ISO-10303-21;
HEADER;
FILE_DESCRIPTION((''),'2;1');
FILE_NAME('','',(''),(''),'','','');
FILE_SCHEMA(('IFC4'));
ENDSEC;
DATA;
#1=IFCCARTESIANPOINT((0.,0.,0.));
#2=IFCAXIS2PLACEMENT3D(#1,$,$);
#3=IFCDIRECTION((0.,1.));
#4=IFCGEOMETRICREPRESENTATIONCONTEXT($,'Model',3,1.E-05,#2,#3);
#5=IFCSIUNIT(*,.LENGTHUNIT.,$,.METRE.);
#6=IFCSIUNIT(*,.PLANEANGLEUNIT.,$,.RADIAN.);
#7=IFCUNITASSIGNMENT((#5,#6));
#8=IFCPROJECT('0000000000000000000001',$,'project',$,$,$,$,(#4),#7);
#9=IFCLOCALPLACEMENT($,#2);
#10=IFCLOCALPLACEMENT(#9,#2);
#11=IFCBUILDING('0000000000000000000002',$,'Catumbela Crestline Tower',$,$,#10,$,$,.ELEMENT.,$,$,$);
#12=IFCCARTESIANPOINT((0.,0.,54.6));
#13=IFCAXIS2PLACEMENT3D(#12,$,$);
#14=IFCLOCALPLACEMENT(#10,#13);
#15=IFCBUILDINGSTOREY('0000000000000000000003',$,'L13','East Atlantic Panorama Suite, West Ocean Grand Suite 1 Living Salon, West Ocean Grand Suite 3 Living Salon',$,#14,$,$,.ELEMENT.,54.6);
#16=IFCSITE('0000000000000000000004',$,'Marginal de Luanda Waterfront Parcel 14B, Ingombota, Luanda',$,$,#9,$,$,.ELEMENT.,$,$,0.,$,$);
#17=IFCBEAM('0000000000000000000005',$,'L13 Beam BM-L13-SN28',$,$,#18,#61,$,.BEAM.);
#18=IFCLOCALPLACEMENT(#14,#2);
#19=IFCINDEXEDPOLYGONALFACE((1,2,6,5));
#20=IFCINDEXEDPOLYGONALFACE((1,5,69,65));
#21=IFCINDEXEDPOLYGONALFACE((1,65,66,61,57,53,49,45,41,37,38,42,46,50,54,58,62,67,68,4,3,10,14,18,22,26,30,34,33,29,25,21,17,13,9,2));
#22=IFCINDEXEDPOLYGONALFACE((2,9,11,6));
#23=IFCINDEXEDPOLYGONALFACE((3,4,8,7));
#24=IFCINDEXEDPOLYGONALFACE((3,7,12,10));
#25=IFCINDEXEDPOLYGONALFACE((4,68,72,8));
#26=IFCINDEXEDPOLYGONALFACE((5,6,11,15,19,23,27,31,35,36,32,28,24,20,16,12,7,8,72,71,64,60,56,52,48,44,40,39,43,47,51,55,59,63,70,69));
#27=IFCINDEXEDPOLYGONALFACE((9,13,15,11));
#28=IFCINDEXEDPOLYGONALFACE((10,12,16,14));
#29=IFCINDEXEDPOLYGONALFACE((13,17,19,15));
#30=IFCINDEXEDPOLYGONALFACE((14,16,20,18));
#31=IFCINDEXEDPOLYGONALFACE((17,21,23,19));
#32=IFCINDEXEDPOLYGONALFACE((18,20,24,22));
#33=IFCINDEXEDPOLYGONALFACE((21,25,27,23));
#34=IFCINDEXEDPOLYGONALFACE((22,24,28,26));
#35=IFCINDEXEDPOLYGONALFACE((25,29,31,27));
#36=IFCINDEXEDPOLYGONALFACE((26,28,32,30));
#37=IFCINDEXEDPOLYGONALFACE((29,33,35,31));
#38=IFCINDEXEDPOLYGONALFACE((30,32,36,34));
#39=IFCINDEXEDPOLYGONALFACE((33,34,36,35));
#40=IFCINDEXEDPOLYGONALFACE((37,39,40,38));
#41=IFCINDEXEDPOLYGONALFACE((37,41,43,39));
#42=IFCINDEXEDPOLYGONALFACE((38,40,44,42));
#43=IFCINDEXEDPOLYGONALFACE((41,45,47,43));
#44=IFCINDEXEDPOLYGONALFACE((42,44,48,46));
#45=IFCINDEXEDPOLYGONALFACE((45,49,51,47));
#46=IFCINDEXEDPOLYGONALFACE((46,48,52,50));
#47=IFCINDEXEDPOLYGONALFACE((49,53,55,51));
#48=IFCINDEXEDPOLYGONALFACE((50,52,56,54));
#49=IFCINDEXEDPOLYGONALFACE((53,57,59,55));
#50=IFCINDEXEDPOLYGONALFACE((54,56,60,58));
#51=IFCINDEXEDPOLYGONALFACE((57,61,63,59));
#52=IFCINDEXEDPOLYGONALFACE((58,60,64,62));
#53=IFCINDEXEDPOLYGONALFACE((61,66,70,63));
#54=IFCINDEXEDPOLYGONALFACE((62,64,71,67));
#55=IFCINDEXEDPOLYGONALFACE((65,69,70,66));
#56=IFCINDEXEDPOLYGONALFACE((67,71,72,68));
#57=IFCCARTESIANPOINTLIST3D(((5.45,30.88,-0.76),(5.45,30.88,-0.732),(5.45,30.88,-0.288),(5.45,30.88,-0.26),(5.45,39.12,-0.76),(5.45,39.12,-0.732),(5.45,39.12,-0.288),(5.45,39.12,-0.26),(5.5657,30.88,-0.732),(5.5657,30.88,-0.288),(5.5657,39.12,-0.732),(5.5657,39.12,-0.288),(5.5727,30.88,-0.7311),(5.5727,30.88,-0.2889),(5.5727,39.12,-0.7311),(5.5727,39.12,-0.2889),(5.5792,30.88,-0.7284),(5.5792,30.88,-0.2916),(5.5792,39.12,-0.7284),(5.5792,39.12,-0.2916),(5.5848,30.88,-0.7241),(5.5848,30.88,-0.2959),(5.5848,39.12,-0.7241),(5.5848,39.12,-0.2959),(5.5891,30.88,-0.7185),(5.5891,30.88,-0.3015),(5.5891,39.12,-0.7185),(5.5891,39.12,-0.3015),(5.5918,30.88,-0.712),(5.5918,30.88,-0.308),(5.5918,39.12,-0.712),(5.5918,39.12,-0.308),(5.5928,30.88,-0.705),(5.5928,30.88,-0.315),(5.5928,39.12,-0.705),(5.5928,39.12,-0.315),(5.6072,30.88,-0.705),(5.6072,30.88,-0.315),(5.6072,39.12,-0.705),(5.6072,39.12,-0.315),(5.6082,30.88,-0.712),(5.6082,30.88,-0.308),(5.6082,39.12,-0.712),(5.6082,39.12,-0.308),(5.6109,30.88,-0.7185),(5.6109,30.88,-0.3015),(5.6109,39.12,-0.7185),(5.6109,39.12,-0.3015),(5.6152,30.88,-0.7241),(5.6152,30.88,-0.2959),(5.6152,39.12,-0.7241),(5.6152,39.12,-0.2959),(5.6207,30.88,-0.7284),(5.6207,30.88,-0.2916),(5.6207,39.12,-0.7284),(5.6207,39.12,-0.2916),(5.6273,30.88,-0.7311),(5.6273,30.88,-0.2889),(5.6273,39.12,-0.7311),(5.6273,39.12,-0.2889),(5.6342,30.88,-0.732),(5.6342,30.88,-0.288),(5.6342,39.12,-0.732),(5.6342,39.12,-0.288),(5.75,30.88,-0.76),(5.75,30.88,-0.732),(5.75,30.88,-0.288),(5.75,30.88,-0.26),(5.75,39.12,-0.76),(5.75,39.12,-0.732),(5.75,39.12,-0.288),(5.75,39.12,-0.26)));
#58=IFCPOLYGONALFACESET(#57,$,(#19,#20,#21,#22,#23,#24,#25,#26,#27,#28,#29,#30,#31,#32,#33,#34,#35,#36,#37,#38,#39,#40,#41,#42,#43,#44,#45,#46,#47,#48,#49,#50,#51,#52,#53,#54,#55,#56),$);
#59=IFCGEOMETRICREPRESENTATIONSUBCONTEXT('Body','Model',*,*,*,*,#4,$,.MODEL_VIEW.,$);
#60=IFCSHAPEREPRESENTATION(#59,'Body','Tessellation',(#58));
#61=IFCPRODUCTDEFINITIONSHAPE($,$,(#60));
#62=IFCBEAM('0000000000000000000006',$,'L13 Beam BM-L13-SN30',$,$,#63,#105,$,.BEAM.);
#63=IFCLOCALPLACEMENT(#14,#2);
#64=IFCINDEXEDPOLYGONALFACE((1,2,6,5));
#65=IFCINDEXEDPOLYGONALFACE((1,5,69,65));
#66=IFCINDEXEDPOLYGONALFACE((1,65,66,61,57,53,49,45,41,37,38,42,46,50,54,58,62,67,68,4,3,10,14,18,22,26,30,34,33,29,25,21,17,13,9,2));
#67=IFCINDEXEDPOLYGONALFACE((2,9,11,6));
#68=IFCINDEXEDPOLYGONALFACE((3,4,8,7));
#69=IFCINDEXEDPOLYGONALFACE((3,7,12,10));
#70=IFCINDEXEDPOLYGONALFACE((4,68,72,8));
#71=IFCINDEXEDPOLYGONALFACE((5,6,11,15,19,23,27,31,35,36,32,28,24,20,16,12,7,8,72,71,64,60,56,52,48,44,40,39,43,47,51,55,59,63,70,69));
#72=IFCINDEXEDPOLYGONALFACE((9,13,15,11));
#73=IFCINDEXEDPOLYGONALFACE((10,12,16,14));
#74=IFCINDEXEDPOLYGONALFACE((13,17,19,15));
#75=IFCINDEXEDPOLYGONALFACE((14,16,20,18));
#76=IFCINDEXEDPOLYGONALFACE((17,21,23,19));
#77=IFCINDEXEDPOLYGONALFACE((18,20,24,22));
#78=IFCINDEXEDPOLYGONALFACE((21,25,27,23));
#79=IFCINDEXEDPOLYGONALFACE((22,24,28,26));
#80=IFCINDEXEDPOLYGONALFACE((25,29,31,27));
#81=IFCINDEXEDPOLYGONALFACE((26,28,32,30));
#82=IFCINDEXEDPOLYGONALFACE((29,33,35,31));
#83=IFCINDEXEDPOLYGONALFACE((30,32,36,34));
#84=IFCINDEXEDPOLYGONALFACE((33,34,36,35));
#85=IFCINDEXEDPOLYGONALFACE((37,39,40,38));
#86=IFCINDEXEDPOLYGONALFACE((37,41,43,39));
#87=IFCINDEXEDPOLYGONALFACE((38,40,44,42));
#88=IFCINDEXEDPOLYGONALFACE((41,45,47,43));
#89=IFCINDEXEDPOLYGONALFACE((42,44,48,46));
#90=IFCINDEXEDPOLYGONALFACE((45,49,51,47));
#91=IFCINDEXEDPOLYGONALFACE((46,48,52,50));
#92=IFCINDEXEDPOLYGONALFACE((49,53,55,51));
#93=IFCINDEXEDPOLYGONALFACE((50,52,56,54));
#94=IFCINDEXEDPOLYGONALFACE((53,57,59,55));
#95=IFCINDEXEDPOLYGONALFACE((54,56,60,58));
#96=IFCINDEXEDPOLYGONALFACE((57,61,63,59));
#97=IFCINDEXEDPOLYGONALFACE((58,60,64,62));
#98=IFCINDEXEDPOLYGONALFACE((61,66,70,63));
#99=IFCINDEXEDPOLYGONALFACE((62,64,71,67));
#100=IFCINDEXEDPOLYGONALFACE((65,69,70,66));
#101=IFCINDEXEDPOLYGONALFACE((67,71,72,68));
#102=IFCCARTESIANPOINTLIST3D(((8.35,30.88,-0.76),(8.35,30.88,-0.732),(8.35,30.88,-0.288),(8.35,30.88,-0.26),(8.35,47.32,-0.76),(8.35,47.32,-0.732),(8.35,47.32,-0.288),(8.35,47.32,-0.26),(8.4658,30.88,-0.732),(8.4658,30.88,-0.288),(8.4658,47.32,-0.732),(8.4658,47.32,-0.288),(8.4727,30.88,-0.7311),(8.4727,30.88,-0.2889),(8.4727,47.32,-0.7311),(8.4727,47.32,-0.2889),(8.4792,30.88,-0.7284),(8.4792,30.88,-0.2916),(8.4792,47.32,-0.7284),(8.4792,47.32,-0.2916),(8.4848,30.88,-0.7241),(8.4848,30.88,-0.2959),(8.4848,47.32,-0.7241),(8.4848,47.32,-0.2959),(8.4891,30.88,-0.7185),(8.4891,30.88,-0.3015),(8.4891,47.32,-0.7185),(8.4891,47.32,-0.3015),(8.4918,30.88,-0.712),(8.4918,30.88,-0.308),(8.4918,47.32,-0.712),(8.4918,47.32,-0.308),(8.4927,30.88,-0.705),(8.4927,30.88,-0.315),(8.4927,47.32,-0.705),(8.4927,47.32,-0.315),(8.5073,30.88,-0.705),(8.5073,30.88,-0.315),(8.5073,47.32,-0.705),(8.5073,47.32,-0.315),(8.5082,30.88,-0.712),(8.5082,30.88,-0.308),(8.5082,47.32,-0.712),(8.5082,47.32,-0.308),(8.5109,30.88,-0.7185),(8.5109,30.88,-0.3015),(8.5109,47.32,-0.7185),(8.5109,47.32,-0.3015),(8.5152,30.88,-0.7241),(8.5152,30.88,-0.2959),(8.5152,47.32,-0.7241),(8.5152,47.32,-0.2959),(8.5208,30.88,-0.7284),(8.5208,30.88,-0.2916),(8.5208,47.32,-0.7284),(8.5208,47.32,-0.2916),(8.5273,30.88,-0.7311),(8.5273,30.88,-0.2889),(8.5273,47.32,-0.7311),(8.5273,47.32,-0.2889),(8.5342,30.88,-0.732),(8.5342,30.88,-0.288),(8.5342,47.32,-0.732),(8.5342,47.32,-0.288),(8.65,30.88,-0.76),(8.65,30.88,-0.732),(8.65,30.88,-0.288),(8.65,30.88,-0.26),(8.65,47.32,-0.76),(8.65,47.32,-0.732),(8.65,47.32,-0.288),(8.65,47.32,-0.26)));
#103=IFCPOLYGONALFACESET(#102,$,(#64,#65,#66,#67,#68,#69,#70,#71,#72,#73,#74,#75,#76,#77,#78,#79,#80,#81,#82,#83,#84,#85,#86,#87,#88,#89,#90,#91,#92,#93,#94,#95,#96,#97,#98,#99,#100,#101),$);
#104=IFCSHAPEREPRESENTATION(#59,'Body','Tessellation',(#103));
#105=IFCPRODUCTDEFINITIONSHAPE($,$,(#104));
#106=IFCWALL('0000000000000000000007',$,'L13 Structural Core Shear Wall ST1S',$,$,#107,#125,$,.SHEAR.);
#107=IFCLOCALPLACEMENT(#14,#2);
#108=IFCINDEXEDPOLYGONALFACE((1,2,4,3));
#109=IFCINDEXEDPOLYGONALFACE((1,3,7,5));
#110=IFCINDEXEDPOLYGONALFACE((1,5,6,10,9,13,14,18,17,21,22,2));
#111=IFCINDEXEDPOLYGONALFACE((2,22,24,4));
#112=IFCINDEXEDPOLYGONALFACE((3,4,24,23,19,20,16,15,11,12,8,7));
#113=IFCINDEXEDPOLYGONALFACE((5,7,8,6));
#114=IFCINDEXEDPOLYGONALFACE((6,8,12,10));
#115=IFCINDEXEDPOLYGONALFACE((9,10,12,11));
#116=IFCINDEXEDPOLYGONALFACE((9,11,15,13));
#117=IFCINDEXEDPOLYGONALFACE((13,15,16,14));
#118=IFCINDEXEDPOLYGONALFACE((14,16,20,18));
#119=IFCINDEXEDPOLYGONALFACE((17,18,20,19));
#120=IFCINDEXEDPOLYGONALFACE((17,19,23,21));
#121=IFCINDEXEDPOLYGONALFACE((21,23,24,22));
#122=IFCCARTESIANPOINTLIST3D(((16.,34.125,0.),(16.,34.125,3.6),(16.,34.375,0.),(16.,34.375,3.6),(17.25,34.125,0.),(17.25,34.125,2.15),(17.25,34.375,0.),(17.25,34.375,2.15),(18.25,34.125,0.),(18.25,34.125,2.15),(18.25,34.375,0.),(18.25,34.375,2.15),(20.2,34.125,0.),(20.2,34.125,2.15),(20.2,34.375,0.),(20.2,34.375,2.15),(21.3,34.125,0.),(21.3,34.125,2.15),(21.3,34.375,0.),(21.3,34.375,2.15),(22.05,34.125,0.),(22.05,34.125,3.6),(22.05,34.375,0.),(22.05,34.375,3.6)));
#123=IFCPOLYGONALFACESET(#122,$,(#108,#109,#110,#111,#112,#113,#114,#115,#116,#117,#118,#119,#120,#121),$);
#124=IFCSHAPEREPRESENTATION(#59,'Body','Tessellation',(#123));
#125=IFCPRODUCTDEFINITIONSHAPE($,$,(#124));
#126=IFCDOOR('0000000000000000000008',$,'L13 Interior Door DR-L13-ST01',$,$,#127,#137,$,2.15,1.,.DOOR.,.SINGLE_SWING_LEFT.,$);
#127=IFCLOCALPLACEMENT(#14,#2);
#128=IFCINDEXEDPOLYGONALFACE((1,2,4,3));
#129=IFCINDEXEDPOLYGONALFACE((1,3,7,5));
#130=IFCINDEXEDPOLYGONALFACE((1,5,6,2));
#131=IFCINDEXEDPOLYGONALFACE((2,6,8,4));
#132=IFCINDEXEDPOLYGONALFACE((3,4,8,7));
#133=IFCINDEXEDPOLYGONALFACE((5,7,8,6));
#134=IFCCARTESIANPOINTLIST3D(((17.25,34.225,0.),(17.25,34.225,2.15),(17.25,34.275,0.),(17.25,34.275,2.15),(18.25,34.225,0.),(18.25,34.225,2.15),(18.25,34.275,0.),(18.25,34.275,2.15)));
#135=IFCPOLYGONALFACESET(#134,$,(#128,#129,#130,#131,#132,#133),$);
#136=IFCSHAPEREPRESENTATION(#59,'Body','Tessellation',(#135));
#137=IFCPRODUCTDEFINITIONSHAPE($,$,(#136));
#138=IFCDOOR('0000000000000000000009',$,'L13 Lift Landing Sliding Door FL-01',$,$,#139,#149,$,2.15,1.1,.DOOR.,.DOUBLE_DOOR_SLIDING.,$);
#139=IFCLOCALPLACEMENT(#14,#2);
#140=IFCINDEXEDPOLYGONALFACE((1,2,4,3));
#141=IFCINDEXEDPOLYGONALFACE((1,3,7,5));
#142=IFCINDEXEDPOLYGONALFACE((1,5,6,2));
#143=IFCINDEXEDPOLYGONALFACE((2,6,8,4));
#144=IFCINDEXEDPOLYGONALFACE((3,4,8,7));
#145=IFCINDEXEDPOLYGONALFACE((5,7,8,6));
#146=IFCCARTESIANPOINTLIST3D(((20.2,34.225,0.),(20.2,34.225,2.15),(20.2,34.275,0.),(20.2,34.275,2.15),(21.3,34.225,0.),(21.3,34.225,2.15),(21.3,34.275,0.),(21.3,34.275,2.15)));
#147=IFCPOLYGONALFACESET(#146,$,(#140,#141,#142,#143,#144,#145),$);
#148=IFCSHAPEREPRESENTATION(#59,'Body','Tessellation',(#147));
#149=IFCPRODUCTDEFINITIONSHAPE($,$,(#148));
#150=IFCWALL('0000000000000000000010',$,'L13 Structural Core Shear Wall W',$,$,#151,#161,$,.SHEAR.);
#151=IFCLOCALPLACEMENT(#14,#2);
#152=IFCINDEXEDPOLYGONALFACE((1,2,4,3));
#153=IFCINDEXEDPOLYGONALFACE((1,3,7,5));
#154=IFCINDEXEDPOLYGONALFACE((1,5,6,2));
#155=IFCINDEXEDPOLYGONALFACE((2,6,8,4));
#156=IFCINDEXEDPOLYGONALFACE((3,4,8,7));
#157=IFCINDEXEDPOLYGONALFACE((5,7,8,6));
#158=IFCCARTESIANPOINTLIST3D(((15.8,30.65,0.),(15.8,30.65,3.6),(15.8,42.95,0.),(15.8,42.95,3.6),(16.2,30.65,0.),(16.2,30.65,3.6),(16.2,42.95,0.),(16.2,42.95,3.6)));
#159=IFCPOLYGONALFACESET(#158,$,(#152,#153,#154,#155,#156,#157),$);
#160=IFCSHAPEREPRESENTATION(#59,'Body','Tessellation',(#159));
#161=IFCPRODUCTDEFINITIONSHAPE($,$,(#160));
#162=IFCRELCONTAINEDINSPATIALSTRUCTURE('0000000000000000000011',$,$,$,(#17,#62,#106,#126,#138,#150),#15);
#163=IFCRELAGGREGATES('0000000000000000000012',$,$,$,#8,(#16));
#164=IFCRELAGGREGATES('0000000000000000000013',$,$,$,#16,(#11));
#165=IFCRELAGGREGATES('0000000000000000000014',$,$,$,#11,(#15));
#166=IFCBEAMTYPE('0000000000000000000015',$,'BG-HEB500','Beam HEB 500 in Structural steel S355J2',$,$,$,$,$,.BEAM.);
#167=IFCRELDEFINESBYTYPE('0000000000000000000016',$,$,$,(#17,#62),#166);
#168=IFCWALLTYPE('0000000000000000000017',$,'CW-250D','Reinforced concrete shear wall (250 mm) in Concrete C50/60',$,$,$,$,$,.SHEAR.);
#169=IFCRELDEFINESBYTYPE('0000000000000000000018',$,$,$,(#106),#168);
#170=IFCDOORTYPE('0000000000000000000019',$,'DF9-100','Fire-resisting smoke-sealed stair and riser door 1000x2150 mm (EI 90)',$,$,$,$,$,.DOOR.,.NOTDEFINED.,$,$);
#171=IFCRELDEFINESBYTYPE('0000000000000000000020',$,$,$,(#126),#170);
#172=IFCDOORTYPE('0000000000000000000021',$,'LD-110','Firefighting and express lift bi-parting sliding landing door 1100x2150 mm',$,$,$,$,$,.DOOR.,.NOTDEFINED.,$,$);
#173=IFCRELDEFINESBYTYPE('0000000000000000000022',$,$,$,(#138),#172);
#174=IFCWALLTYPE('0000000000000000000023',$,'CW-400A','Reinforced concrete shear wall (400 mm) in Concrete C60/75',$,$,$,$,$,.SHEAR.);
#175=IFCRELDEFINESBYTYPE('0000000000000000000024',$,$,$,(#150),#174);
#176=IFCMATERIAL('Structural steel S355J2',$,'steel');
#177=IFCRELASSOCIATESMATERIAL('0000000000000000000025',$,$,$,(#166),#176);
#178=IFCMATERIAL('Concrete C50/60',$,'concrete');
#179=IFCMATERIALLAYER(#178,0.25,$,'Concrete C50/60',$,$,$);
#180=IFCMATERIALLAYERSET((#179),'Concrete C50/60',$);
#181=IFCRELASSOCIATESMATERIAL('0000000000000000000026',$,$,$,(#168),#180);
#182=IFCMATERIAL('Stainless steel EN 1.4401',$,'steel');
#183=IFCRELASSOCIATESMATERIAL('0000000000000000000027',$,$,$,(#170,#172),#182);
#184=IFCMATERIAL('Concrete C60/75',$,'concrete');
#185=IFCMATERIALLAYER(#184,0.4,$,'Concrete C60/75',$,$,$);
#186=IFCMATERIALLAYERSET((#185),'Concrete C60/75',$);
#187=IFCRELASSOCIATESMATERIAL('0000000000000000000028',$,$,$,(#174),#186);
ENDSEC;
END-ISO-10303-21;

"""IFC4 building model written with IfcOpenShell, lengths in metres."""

from ifc_helpers import new_model, si_unit, direction, frame, frame_2d, origin, origin_2d, place, context, subcontext, project, spatial, rectangle, i_section, extrude, material, layer, layer_set, material_profile, profile_set, type_object, element, fill, save


model = new_model("IFC4")

# Units and contexts
model_context = context("Model", 3, precision=1e-05, world=origin(), true_north=direction((0.0, 1.0)))
body_context = subcontext(model_context, "Body", "Model", "MODEL_VIEW")
ifc_project = project(units=[si_unit("LENGTHUNIT", "METRE"), si_unit("PLANEANGLEUNIT", "RADIAN")], contexts=[model_context])

# Site, building, storey
site_placement = place(None, origin())
site = spatial("IfcSite", under=ifc_project, at=site_placement, Name="Marginal de Luanda Waterfront Parcel 14B, Ingombota, Luanda", CompositionType="ELEMENT", RefElevation=0.0)
building_placement = place(site_placement, origin())
building = spatial("IfcBuilding", under=site, at=building_placement, Name="Catumbela Crestline Tower", CompositionType="ELEMENT")
storey_placement = place(building_placement, frame((0.0, 0.0, 54.6)))
storey = spatial("IfcBuildingStorey", under=building, at=storey_placement, Name="L13", Description="East Atlantic Panorama Suite, West Ocean Grand Suite 1 Living Salon, West Ocean Grand Suite 3 Living Salon", CompositionType="ELEMENT", Elevation=54.6)

# Beams
ifc_material_1 = material(Name="Structural steel S355J2", Category="steel")
ifc_material_profile_1 = material_profile(ifc_material_1, i_section(OverallWidth=0.3, OverallDepth=0.5, WebThickness=0.0145, FlangeThickness=0.028, FilletRadius=0.027, at=origin_2d()), Name="HEB 500")
ifc_profile_set_1 = profile_set([ifc_material_profile_1], Name="Structural steel S355J2")
beam_type = type_object("IfcBeamType", Name="BG-HEB500", Description="Beam HEB 500 in Structural steel S355J2", PredefinedType="BEAM", material=ifc_profile_set_1)
beam_1_placement = place(storey_placement, frame((5.6, 30.88, -0.51), z_axis=(0.0, 1.0, 0.0), x_axis=(-1.0, 0.0, 0.0)))
element("IfcBeam", 1, at=beam_1_placement, inside=storey, type_object=beam_type, Name="L13 Beam BM-L13-SN28", PredefinedType="BEAM", context=body_context, shape_type="SweptSolid", body=[
    extrude(i_section(OverallWidth=0.3, OverallDepth=0.5, WebThickness=0.0145, FlangeThickness=0.028, FilletRadius=0.027, at=origin_2d()), origin(), (0.0, 0.0, 1.0), 8.24),
])
beam_2_placement = place(storey_placement, frame((8.5, 30.88, -0.51), z_axis=(0.0, 1.0, 0.0), x_axis=(-1.0, 0.0, 0.0)))
element("IfcBeam", 2, at=beam_2_placement, inside=storey, type_object=beam_type, Name="L13 Beam BM-L13-SN30", PredefinedType="BEAM", context=body_context, shape_type="SweptSolid", body=[
    extrude(i_section(OverallWidth=0.3, OverallDepth=0.5, WebThickness=0.0145, FlangeThickness=0.028, FilletRadius=0.027, at=origin_2d()), origin(), (0.0, 0.0, 1.0), 16.44),
])

# Wall, openings, doors
ifc_material_2 = material(Name="Concrete C50/60", Category="concrete")
ifc_layer_1 = layer(ifc_material_2, 0.25, Name="Concrete C50/60")
ifc_layer_set_1 = layer_set([ifc_layer_1], Name="Concrete C50/60")
wall_type_1 = type_object("IfcWallType", Name="CW-250D", Description="Reinforced concrete shear wall (250 mm) in Concrete C50/60", PredefinedType="SHEAR", material=ifc_layer_set_1)
wall_1_placement = place(storey_placement, frame((16.0, 34.25, 0.0), z_axis=(0.0, 0.0, 1.0), x_axis=(1.0, 0.0, 0.0)))
wall_1 = element("IfcWall", 3, at=wall_1_placement, inside=storey, type_object=wall_type_1, Name="L13 Structural Core Shear Wall ST1S", PredefinedType="SHEAR", context=body_context, shape_type="SweptSolid", body=[
    extrude(rectangle(XDim=6.05, YDim=0.25, at=frame_2d((3.025, 0.0))), origin(), (0.0, 0.0, 1.0), 3.6),
])
opening_1_placement = place(wall_1_placement, frame((1.25, 0.0, 0.0)))
opening_1 = element("IfcOpeningElement", 4, at=opening_1_placement, cuts=wall_1, PredefinedType="OPENING", context=body_context, shape_type="SweptSolid", body=[
    extrude(rectangle(XDim=1.0, YDim=2.15, at=frame_2d((0.5, 1.075))), frame((0.0, 0.135, 0.0), z_axis=(0.0, -1.0, 0.0), x_axis=(1.0, 0.0, 0.0)), (0.0, 0.0, 1.0), 0.27),
])
opening_2_placement = place(wall_1_placement, frame((4.2, 0.0, 0.0)))
opening_2 = element("IfcOpeningElement", 5, at=opening_2_placement, cuts=wall_1, PredefinedType="OPENING", context=body_context, shape_type="SweptSolid", body=[
    extrude(rectangle(XDim=1.1, YDim=2.15, at=frame_2d((0.55, 1.075))), frame((0.0, 0.135, 0.0), z_axis=(0.0, -1.0, 0.0), x_axis=(1.0, 0.0, 0.0)), (0.0, 0.0, 1.0), 0.27),
])
ifc_material_3 = material(Name="Stainless steel EN 1.4401", Category="steel")
door_type_1 = type_object("IfcDoorType", Name="DF9-100", Description="Fire-resisting smoke-sealed stair and riser door 1000x2150 mm (EI 90)", OperationType="NOTDEFINED", PredefinedType="DOOR", material=ifc_material_3)
door_1_placement = place(opening_1_placement, origin())
door_1 = element("IfcDoor", 6, at=door_1_placement, inside=storey, type_object=door_type_1, Name="L13 Interior Door DR-L13-ST01", OperationType="SINGLE_SWING_LEFT", OverallHeight=2.15, OverallWidth=1.0, PredefinedType="DOOR", context=body_context, shape_type="SweptSolid", body=[
    extrude(rectangle(XDim=1.0, YDim=2.15, at=frame_2d((0.5, 1.075))), frame((0.0, 0.025, 0.0), z_axis=(0.0, -1.0, 0.0), x_axis=(1.0, 0.0, 0.0)), (0.0, 0.0, 1.0), 0.05),
])
fill(opening_1, door_1)
door_type_2 = type_object("IfcDoorType", Name="LD-110", Description="Firefighting and express lift bi-parting sliding landing door 1100x2150 mm", OperationType="NOTDEFINED", PredefinedType="DOOR", material=ifc_material_3)
door_2_placement = place(opening_2_placement, origin())
door_2 = element("IfcDoor", 7, at=door_2_placement, inside=storey, type_object=door_type_2, Name="L13 Lift Landing Sliding Door FL-01", OperationType="DOUBLE_DOOR_SLIDING", OverallHeight=2.15, OverallWidth=1.1, PredefinedType="DOOR", context=body_context, shape_type="SweptSolid", body=[
    extrude(rectangle(XDim=1.1, YDim=2.15, at=frame_2d((0.55, 1.075))), frame((0.0, 0.025, 0.0), z_axis=(0.0, -1.0, 0.0), x_axis=(1.0, 0.0, 0.0)), (0.0, 0.0, 1.0), 0.05),
])
fill(opening_2, door_2)

# Wall
ifc_material_4 = material(Name="Concrete C60/75", Category="concrete")
ifc_layer_2 = layer(ifc_material_4, 0.4, Name="Concrete C60/75")
ifc_layer_set_2 = layer_set([ifc_layer_2], Name="Concrete C60/75")
wall_type_2 = type_object("IfcWallType", Name="CW-400A", Description="Reinforced concrete shear wall (400 mm) in Concrete C60/75", PredefinedType="SHEAR", material=ifc_layer_set_2)
wall_2_placement = place(storey_placement, frame((16.0, 30.65, 0.0), z_axis=(0.0, 0.0, 1.0), x_axis=(0.0, 1.0, 0.0)))
element("IfcWall", 8, at=wall_2_placement, inside=storey, type_object=wall_type_2, Name="L13 Structural Core Shear Wall W", PredefinedType="SHEAR", context=body_context, shape_type="SweptSolid", body=[
    extrude(rectangle(XDim=12.3, YDim=0.4, at=frame_2d((6.15, 0.0))), origin(), (0.0, 0.0, 1.0), 3.6),
])

save(model, "model.ifc")
